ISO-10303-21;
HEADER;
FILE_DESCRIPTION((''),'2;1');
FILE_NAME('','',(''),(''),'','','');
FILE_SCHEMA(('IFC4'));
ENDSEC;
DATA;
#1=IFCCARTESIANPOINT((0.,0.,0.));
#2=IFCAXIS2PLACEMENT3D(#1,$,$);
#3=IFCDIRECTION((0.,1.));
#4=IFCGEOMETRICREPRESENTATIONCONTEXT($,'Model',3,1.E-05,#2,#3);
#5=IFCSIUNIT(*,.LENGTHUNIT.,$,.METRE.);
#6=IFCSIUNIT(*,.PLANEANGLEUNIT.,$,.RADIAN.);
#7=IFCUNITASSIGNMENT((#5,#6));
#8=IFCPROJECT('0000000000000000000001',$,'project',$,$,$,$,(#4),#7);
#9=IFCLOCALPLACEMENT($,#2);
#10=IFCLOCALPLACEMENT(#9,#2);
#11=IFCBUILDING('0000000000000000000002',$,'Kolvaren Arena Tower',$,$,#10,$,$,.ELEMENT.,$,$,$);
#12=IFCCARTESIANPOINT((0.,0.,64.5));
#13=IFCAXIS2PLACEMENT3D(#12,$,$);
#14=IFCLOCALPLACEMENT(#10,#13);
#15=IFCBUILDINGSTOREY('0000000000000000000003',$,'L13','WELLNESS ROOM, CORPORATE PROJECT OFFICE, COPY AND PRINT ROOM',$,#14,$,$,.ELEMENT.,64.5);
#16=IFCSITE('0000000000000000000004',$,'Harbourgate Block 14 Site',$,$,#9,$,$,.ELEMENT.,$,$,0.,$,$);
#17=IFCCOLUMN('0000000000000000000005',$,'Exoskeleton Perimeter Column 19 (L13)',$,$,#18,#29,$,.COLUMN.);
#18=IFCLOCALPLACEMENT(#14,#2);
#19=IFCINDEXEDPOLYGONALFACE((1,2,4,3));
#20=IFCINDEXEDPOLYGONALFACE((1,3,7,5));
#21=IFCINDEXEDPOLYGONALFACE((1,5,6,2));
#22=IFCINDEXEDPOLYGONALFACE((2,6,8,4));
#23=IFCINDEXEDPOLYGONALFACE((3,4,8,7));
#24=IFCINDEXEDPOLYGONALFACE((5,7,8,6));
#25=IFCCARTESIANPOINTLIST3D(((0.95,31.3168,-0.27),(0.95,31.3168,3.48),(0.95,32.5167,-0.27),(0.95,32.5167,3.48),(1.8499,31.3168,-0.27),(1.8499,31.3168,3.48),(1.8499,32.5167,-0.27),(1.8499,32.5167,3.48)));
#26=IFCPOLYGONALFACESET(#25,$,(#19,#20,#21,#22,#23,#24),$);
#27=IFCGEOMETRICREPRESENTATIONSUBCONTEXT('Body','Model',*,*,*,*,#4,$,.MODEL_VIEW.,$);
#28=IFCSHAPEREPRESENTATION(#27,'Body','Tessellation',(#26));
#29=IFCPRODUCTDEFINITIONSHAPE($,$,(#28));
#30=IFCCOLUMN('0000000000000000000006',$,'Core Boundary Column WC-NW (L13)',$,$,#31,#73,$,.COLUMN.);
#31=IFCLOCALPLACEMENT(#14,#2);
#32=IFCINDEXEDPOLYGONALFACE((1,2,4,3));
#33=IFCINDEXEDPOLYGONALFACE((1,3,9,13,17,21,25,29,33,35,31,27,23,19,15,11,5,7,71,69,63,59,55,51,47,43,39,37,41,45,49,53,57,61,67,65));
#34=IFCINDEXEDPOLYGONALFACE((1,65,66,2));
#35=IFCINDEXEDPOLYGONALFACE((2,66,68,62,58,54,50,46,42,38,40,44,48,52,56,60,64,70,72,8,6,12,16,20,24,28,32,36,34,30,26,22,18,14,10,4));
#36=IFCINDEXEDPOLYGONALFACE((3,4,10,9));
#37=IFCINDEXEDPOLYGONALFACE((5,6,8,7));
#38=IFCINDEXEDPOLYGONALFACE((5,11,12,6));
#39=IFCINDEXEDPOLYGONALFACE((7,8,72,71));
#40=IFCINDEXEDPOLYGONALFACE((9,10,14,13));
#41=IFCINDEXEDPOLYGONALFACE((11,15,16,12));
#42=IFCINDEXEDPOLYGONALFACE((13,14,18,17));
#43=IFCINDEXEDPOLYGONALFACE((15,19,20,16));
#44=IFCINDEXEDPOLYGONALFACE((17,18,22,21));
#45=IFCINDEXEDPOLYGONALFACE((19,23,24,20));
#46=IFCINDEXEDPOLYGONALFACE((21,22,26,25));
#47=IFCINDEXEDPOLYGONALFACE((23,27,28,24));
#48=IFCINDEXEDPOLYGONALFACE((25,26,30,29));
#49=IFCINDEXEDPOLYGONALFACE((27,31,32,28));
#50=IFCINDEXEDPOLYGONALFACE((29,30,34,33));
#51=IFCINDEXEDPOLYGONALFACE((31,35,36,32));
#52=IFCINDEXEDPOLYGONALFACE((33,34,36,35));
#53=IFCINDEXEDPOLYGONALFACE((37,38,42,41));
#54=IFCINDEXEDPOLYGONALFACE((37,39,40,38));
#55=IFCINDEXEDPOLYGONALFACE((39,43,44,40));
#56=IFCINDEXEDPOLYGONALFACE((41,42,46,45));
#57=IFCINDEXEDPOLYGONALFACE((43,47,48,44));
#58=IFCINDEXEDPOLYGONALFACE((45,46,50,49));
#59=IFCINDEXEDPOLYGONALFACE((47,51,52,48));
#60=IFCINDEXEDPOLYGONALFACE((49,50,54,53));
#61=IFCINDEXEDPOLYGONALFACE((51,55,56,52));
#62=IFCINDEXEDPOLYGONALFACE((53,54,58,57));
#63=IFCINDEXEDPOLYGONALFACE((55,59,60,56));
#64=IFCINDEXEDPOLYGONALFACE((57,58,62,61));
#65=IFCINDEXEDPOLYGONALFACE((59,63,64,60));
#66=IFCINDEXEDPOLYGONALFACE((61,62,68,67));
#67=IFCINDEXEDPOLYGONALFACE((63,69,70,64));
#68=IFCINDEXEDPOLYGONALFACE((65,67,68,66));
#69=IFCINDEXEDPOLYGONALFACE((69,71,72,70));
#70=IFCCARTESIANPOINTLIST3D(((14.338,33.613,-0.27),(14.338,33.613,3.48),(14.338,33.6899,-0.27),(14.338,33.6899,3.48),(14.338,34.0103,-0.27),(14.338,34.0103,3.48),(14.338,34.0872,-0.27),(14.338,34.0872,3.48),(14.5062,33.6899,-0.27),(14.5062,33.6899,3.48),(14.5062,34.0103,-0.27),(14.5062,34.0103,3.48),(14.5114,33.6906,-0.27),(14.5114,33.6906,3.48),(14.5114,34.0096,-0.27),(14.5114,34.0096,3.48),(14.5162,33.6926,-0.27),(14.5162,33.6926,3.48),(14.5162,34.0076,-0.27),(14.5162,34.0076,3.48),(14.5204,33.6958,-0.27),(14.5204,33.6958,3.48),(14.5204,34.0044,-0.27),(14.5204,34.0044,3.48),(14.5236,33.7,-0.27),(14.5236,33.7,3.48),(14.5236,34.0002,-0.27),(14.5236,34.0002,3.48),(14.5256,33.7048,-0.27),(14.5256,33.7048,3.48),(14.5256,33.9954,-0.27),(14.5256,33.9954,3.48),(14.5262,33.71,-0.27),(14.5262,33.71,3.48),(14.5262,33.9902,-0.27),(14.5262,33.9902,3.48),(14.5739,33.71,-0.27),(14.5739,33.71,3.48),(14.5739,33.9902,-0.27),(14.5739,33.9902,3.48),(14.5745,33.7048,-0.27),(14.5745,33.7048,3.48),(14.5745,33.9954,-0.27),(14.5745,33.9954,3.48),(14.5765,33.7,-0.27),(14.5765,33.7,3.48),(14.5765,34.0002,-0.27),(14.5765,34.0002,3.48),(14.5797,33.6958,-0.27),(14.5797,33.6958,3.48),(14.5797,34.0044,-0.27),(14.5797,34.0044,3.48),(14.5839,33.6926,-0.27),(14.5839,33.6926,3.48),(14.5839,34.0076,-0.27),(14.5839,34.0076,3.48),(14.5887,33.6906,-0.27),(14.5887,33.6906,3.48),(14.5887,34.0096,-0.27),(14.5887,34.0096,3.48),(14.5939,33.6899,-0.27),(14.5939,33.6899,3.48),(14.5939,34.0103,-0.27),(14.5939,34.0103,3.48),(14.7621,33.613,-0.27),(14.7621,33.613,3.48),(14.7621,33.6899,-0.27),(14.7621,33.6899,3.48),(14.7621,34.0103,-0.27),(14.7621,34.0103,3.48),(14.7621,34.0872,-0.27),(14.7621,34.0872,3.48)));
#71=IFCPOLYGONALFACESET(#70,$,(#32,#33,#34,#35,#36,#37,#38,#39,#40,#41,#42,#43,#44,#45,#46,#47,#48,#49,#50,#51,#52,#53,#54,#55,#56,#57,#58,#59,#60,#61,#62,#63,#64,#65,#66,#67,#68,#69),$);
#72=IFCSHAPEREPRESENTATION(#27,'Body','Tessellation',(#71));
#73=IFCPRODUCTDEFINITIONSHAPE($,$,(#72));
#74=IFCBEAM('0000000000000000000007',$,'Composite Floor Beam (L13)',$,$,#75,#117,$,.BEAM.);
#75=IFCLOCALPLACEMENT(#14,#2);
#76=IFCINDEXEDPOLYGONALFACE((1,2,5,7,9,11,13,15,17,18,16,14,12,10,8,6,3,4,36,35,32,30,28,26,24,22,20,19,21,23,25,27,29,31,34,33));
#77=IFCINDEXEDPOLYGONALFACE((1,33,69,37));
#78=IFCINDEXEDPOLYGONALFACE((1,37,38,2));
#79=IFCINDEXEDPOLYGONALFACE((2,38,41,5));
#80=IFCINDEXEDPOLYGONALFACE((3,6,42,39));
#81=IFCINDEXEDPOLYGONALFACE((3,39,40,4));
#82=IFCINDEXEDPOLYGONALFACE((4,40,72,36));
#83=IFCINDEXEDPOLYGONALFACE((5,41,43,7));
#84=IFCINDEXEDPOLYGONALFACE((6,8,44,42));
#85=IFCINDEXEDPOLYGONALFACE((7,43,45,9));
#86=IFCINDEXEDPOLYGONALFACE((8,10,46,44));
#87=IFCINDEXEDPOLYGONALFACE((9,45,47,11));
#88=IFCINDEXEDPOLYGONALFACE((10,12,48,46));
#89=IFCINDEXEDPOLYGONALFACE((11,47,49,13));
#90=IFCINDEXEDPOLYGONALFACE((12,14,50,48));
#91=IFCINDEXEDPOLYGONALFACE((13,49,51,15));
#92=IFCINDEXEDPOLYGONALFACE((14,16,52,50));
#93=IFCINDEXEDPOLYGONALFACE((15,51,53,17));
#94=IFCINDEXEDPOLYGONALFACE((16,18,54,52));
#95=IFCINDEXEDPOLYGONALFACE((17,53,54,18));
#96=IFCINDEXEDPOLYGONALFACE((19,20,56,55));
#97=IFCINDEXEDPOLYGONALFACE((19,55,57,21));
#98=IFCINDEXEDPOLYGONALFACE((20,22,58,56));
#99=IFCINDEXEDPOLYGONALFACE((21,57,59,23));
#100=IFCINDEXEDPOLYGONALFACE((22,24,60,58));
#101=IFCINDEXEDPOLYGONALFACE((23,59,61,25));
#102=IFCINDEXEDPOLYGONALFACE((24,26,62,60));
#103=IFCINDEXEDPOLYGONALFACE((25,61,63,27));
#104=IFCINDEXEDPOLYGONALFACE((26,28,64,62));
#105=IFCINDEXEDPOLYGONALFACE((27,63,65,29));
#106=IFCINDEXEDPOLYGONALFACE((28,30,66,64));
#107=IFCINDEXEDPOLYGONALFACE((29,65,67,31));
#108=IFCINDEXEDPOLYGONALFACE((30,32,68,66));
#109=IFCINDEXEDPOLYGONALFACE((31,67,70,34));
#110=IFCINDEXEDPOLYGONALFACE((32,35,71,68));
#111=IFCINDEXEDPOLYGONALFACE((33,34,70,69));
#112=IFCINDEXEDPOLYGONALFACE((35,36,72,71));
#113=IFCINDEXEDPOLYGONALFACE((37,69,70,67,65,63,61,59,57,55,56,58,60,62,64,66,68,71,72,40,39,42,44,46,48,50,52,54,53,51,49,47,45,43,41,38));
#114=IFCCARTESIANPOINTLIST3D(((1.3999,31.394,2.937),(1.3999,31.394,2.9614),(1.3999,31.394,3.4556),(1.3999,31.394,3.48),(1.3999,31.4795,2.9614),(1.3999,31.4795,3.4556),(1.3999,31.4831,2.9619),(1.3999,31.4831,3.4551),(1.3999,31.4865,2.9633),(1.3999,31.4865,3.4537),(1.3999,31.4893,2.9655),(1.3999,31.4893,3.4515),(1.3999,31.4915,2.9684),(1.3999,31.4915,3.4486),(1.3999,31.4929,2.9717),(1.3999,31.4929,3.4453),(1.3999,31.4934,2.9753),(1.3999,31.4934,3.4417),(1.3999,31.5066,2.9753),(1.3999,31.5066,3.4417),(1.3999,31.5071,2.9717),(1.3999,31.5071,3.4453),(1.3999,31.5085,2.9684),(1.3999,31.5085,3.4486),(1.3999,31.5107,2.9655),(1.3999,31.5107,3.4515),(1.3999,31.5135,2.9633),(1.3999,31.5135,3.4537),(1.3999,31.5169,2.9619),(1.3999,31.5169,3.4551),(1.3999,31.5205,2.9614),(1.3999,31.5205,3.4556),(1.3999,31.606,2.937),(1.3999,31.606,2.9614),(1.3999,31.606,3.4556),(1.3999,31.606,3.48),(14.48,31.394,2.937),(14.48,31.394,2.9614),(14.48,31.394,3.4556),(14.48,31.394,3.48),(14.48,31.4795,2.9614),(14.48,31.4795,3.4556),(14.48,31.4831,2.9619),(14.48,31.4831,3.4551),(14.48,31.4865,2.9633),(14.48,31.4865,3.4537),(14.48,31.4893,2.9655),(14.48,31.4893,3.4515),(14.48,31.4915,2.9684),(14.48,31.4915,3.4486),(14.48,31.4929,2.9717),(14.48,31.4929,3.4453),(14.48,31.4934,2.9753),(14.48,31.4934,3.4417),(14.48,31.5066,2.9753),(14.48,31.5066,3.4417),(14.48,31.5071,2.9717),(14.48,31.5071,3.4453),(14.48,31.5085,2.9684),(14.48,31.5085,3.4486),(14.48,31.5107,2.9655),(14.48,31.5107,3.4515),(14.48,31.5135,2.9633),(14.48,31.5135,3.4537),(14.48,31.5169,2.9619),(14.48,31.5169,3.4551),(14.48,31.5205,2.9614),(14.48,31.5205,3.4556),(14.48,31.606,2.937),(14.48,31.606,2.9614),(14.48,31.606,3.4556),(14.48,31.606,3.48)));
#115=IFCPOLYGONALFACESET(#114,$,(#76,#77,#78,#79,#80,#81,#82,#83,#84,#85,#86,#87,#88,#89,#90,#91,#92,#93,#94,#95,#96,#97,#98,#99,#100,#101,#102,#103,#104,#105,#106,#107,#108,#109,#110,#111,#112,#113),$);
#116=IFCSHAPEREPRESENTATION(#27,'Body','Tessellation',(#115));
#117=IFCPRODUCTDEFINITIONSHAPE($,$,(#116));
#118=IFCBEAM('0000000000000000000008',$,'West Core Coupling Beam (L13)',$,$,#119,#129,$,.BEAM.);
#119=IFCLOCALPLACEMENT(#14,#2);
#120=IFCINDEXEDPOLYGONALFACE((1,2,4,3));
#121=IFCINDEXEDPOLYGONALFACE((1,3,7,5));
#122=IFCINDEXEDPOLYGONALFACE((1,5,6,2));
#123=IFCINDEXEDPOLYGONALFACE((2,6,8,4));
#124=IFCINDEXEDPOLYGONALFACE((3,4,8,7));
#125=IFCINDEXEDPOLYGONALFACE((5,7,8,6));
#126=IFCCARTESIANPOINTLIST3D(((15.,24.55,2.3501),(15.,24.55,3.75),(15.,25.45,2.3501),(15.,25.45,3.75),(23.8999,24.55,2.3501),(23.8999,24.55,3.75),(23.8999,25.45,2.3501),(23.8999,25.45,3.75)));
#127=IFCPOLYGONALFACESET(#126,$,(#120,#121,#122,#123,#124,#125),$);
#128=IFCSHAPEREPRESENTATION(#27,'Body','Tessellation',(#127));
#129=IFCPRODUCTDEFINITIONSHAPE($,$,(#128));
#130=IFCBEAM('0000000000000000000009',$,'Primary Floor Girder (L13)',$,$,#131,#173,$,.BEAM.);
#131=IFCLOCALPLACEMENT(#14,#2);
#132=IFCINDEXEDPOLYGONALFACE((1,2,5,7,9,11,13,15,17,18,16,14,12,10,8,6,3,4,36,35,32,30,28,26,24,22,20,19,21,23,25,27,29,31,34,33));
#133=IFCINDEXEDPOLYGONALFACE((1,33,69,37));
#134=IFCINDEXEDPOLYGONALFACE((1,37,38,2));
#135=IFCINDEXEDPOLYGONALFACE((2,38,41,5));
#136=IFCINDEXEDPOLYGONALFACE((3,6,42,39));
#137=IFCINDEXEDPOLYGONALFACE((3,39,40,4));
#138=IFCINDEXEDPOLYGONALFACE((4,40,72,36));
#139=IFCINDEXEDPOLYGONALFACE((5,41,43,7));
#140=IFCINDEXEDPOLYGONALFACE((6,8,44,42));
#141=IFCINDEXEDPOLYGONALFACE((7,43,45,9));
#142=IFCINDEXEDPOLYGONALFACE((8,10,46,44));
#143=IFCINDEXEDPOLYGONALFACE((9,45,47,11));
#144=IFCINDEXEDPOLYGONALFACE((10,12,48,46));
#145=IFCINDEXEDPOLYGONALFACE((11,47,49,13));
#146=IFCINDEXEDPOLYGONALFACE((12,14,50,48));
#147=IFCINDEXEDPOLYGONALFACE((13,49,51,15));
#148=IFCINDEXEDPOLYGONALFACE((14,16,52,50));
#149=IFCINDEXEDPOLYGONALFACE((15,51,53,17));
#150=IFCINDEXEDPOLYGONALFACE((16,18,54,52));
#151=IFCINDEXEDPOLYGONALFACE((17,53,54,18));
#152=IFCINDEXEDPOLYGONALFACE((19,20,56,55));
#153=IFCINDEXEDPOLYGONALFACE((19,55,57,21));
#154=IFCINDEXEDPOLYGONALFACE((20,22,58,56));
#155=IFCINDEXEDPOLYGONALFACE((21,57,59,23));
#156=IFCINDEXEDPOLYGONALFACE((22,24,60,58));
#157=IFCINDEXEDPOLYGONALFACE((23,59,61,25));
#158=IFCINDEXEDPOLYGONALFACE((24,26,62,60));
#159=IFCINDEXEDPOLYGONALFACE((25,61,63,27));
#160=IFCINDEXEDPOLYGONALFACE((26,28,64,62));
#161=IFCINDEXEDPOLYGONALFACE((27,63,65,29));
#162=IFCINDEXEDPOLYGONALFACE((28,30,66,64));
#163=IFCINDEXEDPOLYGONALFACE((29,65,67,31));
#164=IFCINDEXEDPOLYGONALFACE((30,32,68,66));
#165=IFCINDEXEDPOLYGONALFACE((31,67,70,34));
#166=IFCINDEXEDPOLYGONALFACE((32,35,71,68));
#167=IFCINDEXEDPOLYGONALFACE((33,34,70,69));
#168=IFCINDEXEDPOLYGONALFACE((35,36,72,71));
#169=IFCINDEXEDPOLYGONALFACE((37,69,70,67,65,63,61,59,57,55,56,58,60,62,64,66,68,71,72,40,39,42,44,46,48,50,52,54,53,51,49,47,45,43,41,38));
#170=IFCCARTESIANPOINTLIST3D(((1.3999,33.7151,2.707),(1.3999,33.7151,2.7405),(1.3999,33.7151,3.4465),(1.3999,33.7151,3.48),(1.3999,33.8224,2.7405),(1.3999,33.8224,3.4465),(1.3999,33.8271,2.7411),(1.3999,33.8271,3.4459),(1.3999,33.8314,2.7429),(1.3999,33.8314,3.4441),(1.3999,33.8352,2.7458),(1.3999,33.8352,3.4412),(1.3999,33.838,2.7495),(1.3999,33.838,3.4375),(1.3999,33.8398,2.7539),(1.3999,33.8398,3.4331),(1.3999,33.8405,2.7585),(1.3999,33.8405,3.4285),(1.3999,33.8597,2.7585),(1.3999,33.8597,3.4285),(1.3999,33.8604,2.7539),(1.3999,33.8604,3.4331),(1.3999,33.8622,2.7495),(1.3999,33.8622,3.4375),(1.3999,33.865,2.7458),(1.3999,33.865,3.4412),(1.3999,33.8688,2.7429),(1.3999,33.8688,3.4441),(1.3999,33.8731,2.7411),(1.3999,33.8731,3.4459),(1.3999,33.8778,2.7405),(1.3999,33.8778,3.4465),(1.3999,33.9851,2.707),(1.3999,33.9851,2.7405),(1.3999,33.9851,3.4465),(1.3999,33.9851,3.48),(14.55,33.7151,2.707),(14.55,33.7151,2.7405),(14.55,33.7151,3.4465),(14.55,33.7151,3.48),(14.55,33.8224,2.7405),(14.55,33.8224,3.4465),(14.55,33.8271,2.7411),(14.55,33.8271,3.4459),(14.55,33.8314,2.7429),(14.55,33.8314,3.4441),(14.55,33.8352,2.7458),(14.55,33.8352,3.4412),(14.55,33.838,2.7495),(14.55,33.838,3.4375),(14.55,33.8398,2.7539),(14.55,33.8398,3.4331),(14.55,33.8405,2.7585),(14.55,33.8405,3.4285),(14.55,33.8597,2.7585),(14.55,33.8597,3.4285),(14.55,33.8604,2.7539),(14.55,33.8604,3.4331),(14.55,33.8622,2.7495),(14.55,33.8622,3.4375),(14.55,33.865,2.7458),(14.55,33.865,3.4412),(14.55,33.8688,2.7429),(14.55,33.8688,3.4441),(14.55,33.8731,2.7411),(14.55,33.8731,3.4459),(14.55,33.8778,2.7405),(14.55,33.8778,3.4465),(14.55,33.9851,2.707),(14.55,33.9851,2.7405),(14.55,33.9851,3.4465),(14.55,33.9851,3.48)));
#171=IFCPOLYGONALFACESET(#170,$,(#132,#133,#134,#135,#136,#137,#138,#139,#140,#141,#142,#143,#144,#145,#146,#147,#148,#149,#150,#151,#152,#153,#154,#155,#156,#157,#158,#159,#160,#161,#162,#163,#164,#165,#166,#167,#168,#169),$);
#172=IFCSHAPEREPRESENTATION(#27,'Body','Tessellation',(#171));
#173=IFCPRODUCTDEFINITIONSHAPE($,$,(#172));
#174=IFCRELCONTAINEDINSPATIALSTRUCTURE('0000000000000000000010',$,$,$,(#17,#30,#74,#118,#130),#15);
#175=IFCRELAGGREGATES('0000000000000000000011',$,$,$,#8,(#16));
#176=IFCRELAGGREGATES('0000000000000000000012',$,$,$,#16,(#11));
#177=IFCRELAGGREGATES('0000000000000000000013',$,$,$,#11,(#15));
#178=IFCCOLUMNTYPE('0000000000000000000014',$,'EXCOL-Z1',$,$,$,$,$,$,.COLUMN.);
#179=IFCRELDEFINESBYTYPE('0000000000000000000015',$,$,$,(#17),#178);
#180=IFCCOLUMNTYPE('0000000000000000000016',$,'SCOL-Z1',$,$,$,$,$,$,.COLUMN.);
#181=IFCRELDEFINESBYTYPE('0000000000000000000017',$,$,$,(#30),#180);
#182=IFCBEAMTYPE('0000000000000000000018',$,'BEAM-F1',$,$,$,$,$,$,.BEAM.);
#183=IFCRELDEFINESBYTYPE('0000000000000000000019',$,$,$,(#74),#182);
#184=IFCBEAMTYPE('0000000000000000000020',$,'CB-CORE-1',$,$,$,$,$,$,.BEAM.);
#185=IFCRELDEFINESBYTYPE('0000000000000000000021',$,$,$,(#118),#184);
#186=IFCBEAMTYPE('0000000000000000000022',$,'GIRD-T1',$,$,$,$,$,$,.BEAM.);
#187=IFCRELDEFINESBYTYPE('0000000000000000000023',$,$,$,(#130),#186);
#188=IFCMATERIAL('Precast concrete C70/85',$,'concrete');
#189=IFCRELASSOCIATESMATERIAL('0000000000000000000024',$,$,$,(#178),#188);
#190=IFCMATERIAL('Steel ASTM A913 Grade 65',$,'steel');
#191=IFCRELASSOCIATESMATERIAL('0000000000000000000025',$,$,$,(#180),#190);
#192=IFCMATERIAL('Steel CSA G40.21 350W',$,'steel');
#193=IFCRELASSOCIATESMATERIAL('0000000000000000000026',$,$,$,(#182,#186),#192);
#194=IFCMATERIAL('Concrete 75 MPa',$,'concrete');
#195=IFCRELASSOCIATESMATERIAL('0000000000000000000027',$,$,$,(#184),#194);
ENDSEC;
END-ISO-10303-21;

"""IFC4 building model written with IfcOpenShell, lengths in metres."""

from ifc_helpers import new_model, si_unit, direction, frame, origin, origin_2d, place, context, subcontext, project, spatial, rectangle, i_section, extrude, material, material_profile, profile_set, type_object, element, save


model = new_model("IFC4")

# Units and contexts
model_context = context("Model", 3, precision=1e-05, world=origin(), true_north=direction((0.0, 1.0)))
body_context = subcontext(model_context, "Body", "Model", "MODEL_VIEW")
ifc_project = project(units=[si_unit("LENGTHUNIT", "METRE"), si_unit("PLANEANGLEUNIT", "RADIAN")], contexts=[model_context])

# Site, building, storey
site_placement = place(None, origin())
site = spatial("IfcSite", under=ifc_project, at=site_placement, Name="Harbourgate Block 14 Site", CompositionType="ELEMENT", RefElevation=0.0)
building_placement = place(site_placement, origin())
building = spatial("IfcBuilding", under=site, at=building_placement, Name="Kolvaren Arena Tower", CompositionType="ELEMENT")
storey_placement = place(building_placement, frame((0.0, 0.0, 64.5)))
storey = spatial("IfcBuildingStorey", under=building, at=storey_placement, Name="L13", Description="WELLNESS ROOM, CORPORATE PROJECT OFFICE, COPY AND PRINT ROOM", CompositionType="ELEMENT", Elevation=64.5)

# Columns
ifc_material_1 = material(Name="Precast concrete C70/85", Category="concrete")
ifc_material_profile_1 = material_profile(ifc_material_1, rectangle(XDim=1.2, YDim=0.8999, at=origin_2d()), Name="RC-1200x900")
ifc_profile_set_1 = profile_set([ifc_material_profile_1], Name="Precast concrete C70/85")
column_type_1 = type_object("IfcColumnType", Name="EXCOL-Z1", PredefinedType="COLUMN", material=ifc_profile_set_1)
column_1_placement = place(storey_placement, frame((1.3999, 31.9167, -0.27), z_axis=(0.0, 0.0, 1.0), x_axis=(0.0, 1.0, 0.0)))
element("IfcColumn", 1, at=column_1_placement, inside=storey, type_object=column_type_1, Name="Exoskeleton Perimeter Column 19 (L13)", PredefinedType="COLUMN", context=body_context, shape_type="SweptSolid", body=[
    extrude(rectangle(XDim=1.2, YDim=0.8999, at=origin_2d()), origin(), (0.0, 0.0, 1.0), 3.75),
])
ifc_material_2 = material(Name="Steel ASTM A913 Grade 65", Category="steel")
ifc_material_profile_2 = material_profile(ifc_material_2, i_section(OverallWidth=0.4241, OverallDepth=0.4741, WebThickness=0.0476, FlangeThickness=0.0769, FilletRadius=0.02, at=origin_2d()), Name="W360x634")
ifc_profile_set_2 = profile_set([ifc_material_profile_2], Name="Steel ASTM A913 Grade 65")
column_type_2 = type_object("IfcColumnType", Name="SCOL-Z1", PredefinedType="COLUMN", material=ifc_profile_set_2)
column_2_placement = place(storey_placement, frame((14.55, 33.8501, -0.27), z_axis=(0.0, 0.0, 1.0), x_axis=(1.0, 0.0, 0.0)))
element("IfcColumn", 2, at=column_2_placement, inside=storey, type_object=column_type_2, Name="Core Boundary Column WC-NW (L13)", PredefinedType="COLUMN", context=body_context, shape_type="SweptSolid", body=[
    extrude(i_section(OverallWidth=0.4241, OverallDepth=0.4741, WebThickness=0.0476, FlangeThickness=0.0769, FilletRadius=0.02, at=origin_2d()), origin(), (0.0, 0.0, 1.0), 3.75),
])

# Beams
ifc_material_3 = material(Name="Steel CSA G40.21 350W", Category="steel")
ifc_material_profile_3 = material_profile(ifc_material_3, i_section(OverallWidth=0.2119, OverallDepth=0.543, WebThickness=0.0132, FlangeThickness=0.0244, FilletRadius=0.0139, at=origin_2d()), Name="W530x150")
ifc_profile_set_3 = profile_set([ifc_material_profile_3], Name="Steel CSA G40.21 350W")
beam_type_1 = type_object("IfcBeamType", Name="BEAM-F1", PredefinedType="BEAM", material=ifc_profile_set_3)
beam_1_placement = place(storey_placement, frame((1.3999, 31.5, 3.2085), z_axis=(1.0, 0.0, 0.0), x_axis=(0.0, 1.0, 0.0)))
element("IfcBeam", 3, at=beam_1_placement, inside=storey, type_object=beam_type_1, Name="Composite Floor Beam (L13)", PredefinedType="BEAM", context=body_context, shape_type="SweptSolid", body=[
    extrude(i_section(OverallWidth=0.2119, OverallDepth=0.543, WebThickness=0.0132, FlangeThickness=0.0244, FilletRadius=0.0139, at=origin_2d()), origin(), (0.0, 0.0, 1.0), 13.0801),
])
ifc_material_4 = material(Name="Concrete 75 MPa", Category="concrete")
ifc_material_profile_4 = material_profile(ifc_material_4, rectangle(XDim=0.8999, YDim=1.3999, at=origin_2d()), Name="RC-900x1400")
ifc_profile_set_4 = profile_set([ifc_material_profile_4], Name="Concrete 75 MPa")
beam_type_2 = type_object("IfcBeamType", Name="CB-CORE-1", PredefinedType="BEAM", material=ifc_profile_set_4)
beam_2_placement = place(storey_placement, frame((15.0, 25.0, 3.05), z_axis=(1.0, 0.0, 0.0), x_axis=(0.0, 1.0, 0.0)))
element("IfcBeam", 4, at=beam_2_placement, inside=storey, type_object=beam_type_2, Name="West Core Coupling Beam (L13)", PredefinedType="BEAM", context=body_context, shape_type="SweptSolid", body=[
    extrude(rectangle(XDim=0.8999, YDim=1.3999, at=origin_2d()), origin(), (0.0, 0.0, 1.0), 8.8999),
])
ifc_material_profile_5 = material_profile(ifc_material_3, i_section(OverallWidth=0.27, OverallDepth=0.7729, WebThickness=0.0193, FlangeThickness=0.0334, FilletRadius=0.0181, at=origin_2d()), Name="W760x257")
ifc_profile_set_5 = profile_set([ifc_material_profile_5], Name="Steel CSA G40.21 350W")
beam_type_3 = type_object("IfcBeamType", Name="GIRD-T1", PredefinedType="BEAM", material=ifc_profile_set_5)
beam_3_placement = place(storey_placement, frame((1.3999, 33.8501, 3.0935), z_axis=(1.0, 0.0, 0.0), x_axis=(0.0, 1.0, 0.0)))
element("IfcBeam", 5, at=beam_3_placement, inside=storey, type_object=beam_type_3, Name="Primary Floor Girder (L13)", PredefinedType="BEAM", context=body_context, shape_type="SweptSolid", body=[
    extrude(i_section(OverallWidth=0.27, OverallDepth=0.7729, WebThickness=0.0193, FlangeThickness=0.0334, FilletRadius=0.0181, at=origin_2d()), origin(), (0.0, 0.0, 1.0), 13.1501),
])

save(model, "model.ifc")
